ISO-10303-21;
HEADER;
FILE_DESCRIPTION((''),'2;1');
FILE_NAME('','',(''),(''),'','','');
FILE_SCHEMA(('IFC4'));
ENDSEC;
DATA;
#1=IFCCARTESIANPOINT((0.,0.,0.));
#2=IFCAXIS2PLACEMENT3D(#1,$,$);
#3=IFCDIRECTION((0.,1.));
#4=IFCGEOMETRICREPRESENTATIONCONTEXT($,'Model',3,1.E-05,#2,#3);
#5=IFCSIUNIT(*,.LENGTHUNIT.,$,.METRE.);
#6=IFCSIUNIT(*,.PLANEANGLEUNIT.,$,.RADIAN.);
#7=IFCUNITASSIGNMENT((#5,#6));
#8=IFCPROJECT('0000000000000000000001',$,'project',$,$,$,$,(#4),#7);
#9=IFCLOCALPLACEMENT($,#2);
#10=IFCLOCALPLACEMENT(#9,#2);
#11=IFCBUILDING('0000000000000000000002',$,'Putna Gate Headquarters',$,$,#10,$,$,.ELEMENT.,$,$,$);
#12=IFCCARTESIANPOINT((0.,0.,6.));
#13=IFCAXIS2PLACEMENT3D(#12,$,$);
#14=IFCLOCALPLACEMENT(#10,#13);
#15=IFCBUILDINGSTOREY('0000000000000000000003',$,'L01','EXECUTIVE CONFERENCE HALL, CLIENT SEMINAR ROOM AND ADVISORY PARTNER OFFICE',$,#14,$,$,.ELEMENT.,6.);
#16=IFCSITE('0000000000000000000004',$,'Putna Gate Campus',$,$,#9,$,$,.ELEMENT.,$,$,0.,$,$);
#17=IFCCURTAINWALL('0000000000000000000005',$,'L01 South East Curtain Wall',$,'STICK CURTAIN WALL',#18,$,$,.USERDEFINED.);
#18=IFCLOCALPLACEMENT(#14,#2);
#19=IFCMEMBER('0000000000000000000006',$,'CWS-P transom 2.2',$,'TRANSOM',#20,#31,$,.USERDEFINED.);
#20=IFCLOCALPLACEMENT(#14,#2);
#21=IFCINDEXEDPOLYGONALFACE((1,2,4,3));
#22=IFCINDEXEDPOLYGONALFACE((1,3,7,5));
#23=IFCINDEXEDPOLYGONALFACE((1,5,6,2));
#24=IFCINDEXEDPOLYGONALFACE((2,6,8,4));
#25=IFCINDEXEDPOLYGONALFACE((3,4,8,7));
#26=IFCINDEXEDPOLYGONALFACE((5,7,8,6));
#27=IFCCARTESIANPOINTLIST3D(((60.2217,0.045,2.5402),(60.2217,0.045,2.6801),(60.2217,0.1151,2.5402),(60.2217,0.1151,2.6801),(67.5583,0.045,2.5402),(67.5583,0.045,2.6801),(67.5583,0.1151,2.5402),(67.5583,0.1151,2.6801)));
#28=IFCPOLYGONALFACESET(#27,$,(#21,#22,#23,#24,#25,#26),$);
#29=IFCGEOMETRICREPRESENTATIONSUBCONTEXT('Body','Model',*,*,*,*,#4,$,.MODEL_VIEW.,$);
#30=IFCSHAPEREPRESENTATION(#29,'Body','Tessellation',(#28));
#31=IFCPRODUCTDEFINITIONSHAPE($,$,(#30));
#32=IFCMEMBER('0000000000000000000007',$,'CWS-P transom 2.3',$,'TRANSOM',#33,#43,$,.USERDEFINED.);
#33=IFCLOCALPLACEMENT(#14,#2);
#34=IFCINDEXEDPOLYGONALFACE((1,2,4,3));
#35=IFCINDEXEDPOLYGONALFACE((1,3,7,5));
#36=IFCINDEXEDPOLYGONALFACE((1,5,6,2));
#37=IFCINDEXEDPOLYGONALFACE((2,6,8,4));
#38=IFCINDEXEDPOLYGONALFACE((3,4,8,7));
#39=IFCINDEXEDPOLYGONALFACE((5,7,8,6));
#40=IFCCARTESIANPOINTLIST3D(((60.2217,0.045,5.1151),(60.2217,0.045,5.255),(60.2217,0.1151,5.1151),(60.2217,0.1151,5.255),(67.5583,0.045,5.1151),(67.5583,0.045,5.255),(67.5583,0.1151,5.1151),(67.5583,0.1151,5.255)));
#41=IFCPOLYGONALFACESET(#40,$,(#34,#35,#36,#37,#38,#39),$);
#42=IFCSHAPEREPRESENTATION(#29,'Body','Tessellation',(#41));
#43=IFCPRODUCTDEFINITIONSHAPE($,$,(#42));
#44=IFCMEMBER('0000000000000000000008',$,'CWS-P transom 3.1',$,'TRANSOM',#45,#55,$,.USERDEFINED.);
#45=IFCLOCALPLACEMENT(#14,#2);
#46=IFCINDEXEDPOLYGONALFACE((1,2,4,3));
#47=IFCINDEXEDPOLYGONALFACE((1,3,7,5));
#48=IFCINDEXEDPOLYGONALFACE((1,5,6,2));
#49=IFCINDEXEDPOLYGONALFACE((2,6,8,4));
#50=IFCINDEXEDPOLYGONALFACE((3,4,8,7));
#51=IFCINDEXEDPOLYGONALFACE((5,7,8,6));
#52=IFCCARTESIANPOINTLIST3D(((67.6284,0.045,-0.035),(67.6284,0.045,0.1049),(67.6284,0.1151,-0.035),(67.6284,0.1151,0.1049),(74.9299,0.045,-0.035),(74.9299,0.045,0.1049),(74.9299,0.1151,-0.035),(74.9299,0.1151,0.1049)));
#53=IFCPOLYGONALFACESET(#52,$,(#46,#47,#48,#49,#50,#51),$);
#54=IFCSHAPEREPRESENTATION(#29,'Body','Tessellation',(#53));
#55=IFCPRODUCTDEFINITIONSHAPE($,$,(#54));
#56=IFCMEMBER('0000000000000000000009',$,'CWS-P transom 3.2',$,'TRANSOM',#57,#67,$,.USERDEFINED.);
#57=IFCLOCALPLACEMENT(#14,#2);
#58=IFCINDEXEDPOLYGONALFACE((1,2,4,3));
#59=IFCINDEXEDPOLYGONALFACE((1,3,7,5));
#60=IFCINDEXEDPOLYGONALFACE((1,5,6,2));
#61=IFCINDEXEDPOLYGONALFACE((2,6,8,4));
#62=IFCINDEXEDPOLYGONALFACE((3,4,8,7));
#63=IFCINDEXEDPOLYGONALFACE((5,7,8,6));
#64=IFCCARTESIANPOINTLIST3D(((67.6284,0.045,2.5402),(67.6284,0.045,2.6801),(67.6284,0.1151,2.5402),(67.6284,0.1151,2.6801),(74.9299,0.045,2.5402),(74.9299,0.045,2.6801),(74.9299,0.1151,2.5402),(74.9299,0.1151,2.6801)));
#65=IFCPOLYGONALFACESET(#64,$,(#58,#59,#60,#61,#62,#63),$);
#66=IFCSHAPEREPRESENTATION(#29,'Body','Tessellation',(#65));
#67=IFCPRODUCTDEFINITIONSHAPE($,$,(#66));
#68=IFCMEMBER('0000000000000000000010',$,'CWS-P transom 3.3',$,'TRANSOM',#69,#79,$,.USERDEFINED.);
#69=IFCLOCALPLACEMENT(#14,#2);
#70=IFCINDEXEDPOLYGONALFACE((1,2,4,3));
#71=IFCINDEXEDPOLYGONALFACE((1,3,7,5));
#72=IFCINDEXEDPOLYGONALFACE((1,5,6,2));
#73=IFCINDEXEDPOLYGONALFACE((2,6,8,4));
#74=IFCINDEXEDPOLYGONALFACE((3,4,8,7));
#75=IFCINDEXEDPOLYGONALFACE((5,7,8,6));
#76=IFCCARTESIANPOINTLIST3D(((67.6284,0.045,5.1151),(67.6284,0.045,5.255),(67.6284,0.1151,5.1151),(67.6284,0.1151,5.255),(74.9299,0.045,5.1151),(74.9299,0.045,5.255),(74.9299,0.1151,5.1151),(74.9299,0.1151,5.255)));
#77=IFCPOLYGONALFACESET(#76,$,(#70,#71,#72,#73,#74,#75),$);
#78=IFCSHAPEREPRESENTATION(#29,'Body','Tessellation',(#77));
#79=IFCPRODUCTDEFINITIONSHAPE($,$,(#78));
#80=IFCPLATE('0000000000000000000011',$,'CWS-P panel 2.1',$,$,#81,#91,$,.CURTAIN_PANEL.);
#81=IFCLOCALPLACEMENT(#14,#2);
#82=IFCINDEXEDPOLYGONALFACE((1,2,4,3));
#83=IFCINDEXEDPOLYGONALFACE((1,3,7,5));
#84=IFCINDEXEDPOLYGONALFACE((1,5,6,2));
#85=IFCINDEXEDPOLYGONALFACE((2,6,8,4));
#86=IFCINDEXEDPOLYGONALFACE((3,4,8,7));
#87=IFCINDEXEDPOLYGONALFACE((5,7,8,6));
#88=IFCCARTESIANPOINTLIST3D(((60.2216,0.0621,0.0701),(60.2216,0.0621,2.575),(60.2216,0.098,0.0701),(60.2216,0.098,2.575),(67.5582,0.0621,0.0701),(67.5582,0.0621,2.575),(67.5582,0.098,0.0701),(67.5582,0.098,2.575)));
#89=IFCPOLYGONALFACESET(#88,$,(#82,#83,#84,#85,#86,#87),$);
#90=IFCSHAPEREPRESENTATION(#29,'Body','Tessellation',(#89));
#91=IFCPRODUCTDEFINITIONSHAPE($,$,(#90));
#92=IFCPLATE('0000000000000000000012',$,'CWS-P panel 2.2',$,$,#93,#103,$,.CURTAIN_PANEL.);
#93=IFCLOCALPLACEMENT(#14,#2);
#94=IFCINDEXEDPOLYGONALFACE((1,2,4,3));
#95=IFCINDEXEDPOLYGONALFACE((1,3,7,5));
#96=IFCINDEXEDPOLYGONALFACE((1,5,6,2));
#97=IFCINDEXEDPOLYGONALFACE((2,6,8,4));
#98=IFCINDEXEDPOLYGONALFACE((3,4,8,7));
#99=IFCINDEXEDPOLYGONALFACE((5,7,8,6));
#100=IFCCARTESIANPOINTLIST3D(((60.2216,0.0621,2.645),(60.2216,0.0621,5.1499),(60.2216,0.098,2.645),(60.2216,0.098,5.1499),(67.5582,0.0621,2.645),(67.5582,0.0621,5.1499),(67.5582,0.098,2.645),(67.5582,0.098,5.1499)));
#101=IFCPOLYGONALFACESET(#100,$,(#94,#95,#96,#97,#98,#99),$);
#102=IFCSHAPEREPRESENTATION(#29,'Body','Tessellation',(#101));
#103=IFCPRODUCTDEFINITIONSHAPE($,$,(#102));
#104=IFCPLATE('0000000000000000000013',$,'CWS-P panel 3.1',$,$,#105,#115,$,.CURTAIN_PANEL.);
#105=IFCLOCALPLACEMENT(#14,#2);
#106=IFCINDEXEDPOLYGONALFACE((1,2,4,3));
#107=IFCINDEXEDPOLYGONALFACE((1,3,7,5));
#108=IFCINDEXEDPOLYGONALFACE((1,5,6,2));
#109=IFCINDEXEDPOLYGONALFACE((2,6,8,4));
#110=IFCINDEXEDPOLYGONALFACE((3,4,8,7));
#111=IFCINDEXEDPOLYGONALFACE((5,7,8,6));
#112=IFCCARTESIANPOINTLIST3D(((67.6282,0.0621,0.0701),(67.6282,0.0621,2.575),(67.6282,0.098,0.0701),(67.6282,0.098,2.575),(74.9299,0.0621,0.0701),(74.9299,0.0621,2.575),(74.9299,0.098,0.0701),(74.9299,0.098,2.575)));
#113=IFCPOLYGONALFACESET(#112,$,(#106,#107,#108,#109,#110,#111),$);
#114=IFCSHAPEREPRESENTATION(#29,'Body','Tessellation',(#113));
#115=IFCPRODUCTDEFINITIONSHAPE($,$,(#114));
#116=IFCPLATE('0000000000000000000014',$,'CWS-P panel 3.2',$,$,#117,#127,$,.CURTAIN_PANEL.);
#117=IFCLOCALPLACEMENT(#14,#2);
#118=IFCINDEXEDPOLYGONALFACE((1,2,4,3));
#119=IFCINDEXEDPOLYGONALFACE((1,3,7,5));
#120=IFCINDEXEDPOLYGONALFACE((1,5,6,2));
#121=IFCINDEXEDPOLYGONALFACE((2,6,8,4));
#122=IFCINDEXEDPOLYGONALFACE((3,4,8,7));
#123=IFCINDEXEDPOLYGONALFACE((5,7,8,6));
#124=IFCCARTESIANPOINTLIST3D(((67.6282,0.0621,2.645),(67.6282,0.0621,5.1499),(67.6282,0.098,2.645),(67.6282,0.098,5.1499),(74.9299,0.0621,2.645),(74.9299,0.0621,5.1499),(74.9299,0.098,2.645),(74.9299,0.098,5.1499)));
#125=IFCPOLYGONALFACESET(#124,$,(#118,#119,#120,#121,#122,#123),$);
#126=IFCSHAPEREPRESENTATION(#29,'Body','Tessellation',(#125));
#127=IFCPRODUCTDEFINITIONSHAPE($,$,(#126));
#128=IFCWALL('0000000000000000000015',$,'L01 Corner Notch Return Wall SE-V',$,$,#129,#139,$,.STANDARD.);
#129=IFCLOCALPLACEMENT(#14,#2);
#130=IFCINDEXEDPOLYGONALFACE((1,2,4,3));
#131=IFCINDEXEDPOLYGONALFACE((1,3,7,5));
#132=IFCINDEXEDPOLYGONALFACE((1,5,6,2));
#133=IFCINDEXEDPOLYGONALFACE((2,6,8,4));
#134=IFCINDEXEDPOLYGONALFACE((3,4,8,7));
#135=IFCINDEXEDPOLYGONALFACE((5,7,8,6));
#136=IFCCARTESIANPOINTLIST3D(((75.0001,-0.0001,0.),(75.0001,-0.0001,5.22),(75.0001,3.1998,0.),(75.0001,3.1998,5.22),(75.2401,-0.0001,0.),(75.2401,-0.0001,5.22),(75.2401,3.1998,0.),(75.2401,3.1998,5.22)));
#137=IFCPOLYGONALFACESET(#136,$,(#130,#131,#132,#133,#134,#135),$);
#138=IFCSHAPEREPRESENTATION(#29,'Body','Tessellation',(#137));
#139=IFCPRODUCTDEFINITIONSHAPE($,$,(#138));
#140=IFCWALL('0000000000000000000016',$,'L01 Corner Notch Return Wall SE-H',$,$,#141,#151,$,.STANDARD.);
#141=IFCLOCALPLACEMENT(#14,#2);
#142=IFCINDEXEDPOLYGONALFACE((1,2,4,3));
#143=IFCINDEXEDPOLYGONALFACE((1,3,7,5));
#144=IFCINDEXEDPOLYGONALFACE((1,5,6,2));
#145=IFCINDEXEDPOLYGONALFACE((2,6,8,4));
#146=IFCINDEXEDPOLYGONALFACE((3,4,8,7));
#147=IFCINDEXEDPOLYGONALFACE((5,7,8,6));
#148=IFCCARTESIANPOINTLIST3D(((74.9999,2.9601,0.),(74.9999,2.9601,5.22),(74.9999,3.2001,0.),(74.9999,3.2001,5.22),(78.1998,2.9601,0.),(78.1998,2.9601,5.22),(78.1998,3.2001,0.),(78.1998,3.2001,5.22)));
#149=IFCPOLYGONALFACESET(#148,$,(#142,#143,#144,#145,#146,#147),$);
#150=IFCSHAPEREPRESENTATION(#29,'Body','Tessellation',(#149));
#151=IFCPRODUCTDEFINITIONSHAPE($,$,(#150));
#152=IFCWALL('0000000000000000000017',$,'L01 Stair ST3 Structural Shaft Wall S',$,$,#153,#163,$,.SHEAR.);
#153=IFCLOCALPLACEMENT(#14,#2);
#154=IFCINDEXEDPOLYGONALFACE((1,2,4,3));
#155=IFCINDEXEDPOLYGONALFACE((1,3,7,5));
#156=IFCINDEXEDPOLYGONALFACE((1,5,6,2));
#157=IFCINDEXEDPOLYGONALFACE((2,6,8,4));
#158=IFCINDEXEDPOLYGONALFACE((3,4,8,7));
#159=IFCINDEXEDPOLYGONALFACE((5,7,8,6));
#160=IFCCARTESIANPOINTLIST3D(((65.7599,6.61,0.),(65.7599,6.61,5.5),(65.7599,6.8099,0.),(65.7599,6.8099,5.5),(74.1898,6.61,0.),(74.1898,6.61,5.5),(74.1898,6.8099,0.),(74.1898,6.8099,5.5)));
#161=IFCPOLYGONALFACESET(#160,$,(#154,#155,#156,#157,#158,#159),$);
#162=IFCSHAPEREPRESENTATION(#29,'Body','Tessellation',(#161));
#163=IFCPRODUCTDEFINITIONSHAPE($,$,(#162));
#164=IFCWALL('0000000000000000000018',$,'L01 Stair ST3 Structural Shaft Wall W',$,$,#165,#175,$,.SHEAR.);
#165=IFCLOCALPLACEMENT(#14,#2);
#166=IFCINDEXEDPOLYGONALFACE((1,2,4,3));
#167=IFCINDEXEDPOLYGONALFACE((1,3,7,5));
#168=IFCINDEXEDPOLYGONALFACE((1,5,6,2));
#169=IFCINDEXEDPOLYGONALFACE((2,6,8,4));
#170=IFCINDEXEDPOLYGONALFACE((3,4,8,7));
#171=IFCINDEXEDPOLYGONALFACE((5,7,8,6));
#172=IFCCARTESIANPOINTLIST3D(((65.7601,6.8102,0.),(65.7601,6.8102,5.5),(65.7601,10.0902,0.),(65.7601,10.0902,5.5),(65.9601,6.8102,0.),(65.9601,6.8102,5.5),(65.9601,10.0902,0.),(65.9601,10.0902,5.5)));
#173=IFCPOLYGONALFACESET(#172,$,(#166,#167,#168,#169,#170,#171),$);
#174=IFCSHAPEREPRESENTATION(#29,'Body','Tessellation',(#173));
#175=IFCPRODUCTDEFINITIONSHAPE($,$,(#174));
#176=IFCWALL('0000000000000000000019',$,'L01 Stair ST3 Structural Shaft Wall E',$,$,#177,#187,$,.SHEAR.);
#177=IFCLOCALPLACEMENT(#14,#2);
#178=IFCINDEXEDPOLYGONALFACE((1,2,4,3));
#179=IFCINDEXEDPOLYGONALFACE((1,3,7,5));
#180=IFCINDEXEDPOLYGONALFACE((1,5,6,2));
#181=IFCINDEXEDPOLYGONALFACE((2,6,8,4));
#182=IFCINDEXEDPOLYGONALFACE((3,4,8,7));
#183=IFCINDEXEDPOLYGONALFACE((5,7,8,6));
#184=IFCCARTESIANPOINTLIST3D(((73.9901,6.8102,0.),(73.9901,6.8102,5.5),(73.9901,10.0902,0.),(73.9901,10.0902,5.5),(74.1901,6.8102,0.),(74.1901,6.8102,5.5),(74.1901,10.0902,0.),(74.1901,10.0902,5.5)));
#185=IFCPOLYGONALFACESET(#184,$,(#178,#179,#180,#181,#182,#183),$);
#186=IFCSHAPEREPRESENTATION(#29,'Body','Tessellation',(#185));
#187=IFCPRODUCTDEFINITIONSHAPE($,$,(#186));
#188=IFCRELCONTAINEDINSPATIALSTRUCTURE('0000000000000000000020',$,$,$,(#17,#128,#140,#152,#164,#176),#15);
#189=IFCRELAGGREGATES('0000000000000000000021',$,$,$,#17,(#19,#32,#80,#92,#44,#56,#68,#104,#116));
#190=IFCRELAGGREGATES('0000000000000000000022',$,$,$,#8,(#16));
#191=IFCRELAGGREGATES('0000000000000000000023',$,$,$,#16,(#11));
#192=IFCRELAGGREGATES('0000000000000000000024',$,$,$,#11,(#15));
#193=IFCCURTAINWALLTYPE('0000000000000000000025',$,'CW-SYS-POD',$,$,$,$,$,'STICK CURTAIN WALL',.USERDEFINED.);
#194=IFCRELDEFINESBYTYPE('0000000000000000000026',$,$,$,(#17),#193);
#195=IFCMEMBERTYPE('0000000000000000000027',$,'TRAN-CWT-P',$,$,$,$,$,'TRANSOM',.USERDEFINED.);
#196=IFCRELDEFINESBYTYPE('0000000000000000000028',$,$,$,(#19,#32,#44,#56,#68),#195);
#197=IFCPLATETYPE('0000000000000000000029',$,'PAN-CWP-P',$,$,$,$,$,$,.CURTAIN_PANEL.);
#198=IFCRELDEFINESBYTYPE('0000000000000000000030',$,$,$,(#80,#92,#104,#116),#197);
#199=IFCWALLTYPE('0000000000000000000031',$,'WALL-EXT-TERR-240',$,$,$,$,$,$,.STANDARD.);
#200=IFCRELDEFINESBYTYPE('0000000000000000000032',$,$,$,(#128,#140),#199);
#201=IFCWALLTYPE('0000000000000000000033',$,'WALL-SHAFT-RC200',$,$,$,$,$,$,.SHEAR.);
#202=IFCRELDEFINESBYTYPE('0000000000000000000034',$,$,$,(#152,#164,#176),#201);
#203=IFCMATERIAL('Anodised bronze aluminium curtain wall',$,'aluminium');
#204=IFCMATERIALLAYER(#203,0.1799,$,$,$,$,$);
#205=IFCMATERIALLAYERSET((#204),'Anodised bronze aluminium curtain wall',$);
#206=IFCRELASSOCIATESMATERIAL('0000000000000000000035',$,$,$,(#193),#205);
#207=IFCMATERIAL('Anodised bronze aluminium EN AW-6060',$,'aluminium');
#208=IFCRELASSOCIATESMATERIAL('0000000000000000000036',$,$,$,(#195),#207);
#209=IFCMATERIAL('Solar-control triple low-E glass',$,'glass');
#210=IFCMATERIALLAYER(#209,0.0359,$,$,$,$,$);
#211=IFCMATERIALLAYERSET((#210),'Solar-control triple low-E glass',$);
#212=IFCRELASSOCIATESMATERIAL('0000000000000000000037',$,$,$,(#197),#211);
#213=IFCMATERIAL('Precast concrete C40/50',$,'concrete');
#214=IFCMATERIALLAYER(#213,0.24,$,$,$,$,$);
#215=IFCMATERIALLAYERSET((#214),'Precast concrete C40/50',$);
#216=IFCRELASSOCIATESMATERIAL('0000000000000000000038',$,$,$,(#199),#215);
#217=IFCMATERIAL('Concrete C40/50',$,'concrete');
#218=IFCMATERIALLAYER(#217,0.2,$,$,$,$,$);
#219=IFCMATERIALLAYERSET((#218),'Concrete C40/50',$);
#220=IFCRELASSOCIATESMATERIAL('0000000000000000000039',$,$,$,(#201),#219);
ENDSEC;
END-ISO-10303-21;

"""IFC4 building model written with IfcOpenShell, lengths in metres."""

from ifc_helpers import new_model, si_unit, direction, frame, frame_2d, origin, origin_2d, place, context, subcontext, project, spatial, rectangle, extrude, material, layer, layer_set, material_profile, profile_set, type_object, element, aggregate, save


model = new_model("IFC4")

# Units and contexts
model_context = context("Model", 3, precision=1e-05, world=origin(), true_north=direction((0.0, 1.0)))
body_context = subcontext(model_context, "Body", "Model", "MODEL_VIEW")
ifc_project = project(units=[si_unit("LENGTHUNIT", "METRE"), si_unit("PLANEANGLEUNIT", "RADIAN")], contexts=[model_context])

# Site, building, storey
site_placement = place(None, origin())
site = spatial("IfcSite", under=ifc_project, at=site_placement, Name="Putna Gate Campus", CompositionType="ELEMENT", RefElevation=0.0)
building_placement = place(site_placement, origin())
building = spatial("IfcBuilding", under=site, at=building_placement, Name="Putna Gate Headquarters", CompositionType="ELEMENT")
storey_placement = place(building_placement, frame((0.0, 0.0, 6.0)))
storey = spatial("IfcBuildingStorey", under=building, at=storey_placement, Name="L01", Description="EXECUTIVE CONFERENCE HALL, CLIENT SEMINAR ROOM AND ADVISORY PARTNER OFFICE", CompositionType="ELEMENT", Elevation=6.0)

# Curtain wall, members, plates
ifc_material_1 = material(Name="Anodised bronze aluminium curtain wall", Category="aluminium")
ifc_layer_1 = layer(ifc_material_1, 0.1799)
ifc_layer_set_1 = layer_set([ifc_layer_1], Name="Anodised bronze aluminium curtain wall")
curtain_wall_type = type_object("IfcCurtainWallType", Name="CW-SYS-POD", ElementType="STICK CURTAIN WALL", PredefinedType="USERDEFINED", material=ifc_layer_set_1)
curtain_wall_placement = place(storey_placement, origin())
curtain_wall = element("IfcCurtainWall", 1, at=curtain_wall_placement, inside=storey, type_object=curtain_wall_type, Name="L01 South East Curtain Wall", ObjectType="STICK CURTAIN WALL", PredefinedType="USERDEFINED")
ifc_material_2 = material(Name="Anodised bronze aluminium EN AW-6060", Category="aluminium")
ifc_material_profile_1 = material_profile(ifc_material_2, rectangle(XDim=0.0701, YDim=0.1399, at=origin_2d()), Name="Anodised bronze aluminium EN AW-6060")
ifc_profile_set_1 = profile_set([ifc_material_profile_1], Name="Anodised bronze aluminium EN AW-6060")
member_type_1 = type_object("IfcMemberType", Name="TRAN-CWT-P", ElementType="TRANSOM", PredefinedType="USERDEFINED", material=ifc_profile_set_1)
member_1_placement = place(storey_placement, frame((60.2217, 0.0801, 2.6101), z_axis=(1.0, 0.0, 0.0), x_axis=(0.0, 1.0, 0.0)))
member_1 = element("IfcMember", 2, at=member_1_placement, type_object=member_type_1, Name="CWS-P transom 2.2", ObjectType="TRANSOM", PredefinedType="USERDEFINED", context=body_context, shape_type="SweptSolid", body=[
    extrude(rectangle(XDim=0.0701, YDim=0.1399, at=origin_2d()), origin(), (0.0, 0.0, 1.0), 7.3367),
])
member_2_placement = place(storey_placement, frame((60.2217, 0.0801, 5.1851), z_axis=(1.0, 0.0, 0.0), x_axis=(0.0, 1.0, 0.0)))
member_2 = element("IfcMember", 3, at=member_2_placement, type_object=member_type_1, Name="CWS-P transom 2.3", ObjectType="TRANSOM", PredefinedType="USERDEFINED", context=body_context, shape_type="SweptSolid", body=[
    extrude(rectangle(XDim=0.0701, YDim=0.1399, at=origin_2d()), origin(), (0.0, 0.0, 1.0), 7.3367),
])
member_3_placement = place(storey_placement, frame((67.6284, 0.0801, 0.0349), z_axis=(1.0, 0.0, 0.0), x_axis=(0.0, 1.0, 0.0)))
member_3 = element("IfcMember", 4, at=member_3_placement, type_object=member_type_1, Name="CWS-P transom 3.1", ObjectType="TRANSOM", PredefinedType="USERDEFINED", context=body_context, shape_type="SweptSolid", body=[
    extrude(rectangle(XDim=0.0701, YDim=0.1399, at=origin_2d()), origin(), (0.0, 0.0, 1.0), 7.3015),
])
member_4_placement = place(storey_placement, frame((67.6284, 0.0801, 2.6101), z_axis=(1.0, 0.0, 0.0), x_axis=(0.0, 1.0, 0.0)))
member_4 = element("IfcMember", 5, at=member_4_placement, type_object=member_type_1, Name="CWS-P transom 3.2", ObjectType="TRANSOM", PredefinedType="USERDEFINED", context=body_context, shape_type="SweptSolid", body=[
    extrude(rectangle(XDim=0.0701, YDim=0.1399, at=origin_2d()), origin(), (0.0, 0.0, 1.0), 7.3015),
])
member_5_placement = place(storey_placement, frame((67.6284, 0.0801, 5.1851), z_axis=(1.0, 0.0, 0.0), x_axis=(0.0, 1.0, 0.0)))
member_5 = element("IfcMember", 6, at=member_5_placement, type_object=member_type_1, Name="CWS-P transom 3.3", ObjectType="TRANSOM", PredefinedType="USERDEFINED", context=body_context, shape_type="SweptSolid", body=[
    extrude(rectangle(XDim=0.0701, YDim=0.1399, at=origin_2d()), origin(), (0.0, 0.0, 1.0), 7.3015),
])
ifc_material_3 = material(Name="Solar-control triple low-E glass", Category="glass")
ifc_layer_2 = layer(ifc_material_3, 0.0359)
ifc_layer_set_2 = layer_set([ifc_layer_2], Name="Solar-control triple low-E glass")
plate_type = type_object("IfcPlateType", Name="PAN-CWP-P", PredefinedType="CURTAIN_PANEL", material=ifc_layer_set_2)
plate_1_placement = place(storey_placement, frame((63.8899, 0.0801, 0.0701), z_axis=(0.0, 0.0, 1.0), x_axis=(1.0, 0.0, 0.0)))
plate_1 = element("IfcPlate", 7, at=plate_1_placement, type_object=plate_type, Name="CWS-P panel 2.1", PredefinedType="CURTAIN_PANEL", context=body_context, shape_type="SweptSolid", body=[
    extrude(rectangle(XDim=7.3367, YDim=0.0359, at=origin_2d()), origin(), (0.0, 0.0, 1.0), 2.5049),
])
plate_2_placement = place(storey_placement, frame((63.8899, 0.0801, 2.645), z_axis=(0.0, 0.0, 1.0), x_axis=(1.0, 0.0, 0.0)))
plate_2 = element("IfcPlate", 8, at=plate_2_placement, type_object=plate_type, Name="CWS-P panel 2.2", PredefinedType="CURTAIN_PANEL", context=body_context, shape_type="SweptSolid", body=[
    extrude(rectangle(XDim=7.3367, YDim=0.0359, at=origin_2d()), origin(), (0.0, 0.0, 1.0), 2.5049),
])
plate_3_placement = place(storey_placement, frame((71.2791, 0.0801, 0.0701), z_axis=(0.0, 0.0, 1.0), x_axis=(1.0, 0.0, 0.0)))
plate_3 = element("IfcPlate", 9, at=plate_3_placement, type_object=plate_type, Name="CWS-P panel 3.1", PredefinedType="CURTAIN_PANEL", context=body_context, shape_type="SweptSolid", body=[
    extrude(rectangle(XDim=7.3018, YDim=0.0359, at=origin_2d()), origin(), (0.0, 0.0, 1.0), 2.5049),
])
plate_4_placement = place(storey_placement, frame((71.2791, 0.0801, 2.645), z_axis=(0.0, 0.0, 1.0), x_axis=(1.0, 0.0, 0.0)))
plate_4 = element("IfcPlate", 10, at=plate_4_placement, type_object=plate_type, Name="CWS-P panel 3.2", PredefinedType="CURTAIN_PANEL", context=body_context, shape_type="SweptSolid", body=[
    extrude(rectangle(XDim=7.3018, YDim=0.0359, at=origin_2d()), origin(), (0.0, 0.0, 1.0), 2.5049),
])
aggregate(curtain_wall, [member_1, member_2, plate_1, plate_2, member_3, member_4, member_5, plate_3, plate_4])

# Walls
ifc_material_4 = material(Name="Precast concrete C40/50", Category="concrete")
ifc_layer_3 = layer(ifc_material_4, 0.24)
ifc_layer_set_3 = layer_set([ifc_layer_3], Name="Precast concrete C40/50")
wall_type_1 = type_object("IfcWallType", Name="WALL-EXT-TERR-240", PredefinedType="STANDARD", material=ifc_layer_set_3)
for number, where, z_axis, x_axis, name in (
    (11, (75.1201, 3.2, 0.0), (0.0, 0.0, 1.0), (0.0, -1.0, 0.0), "L01 Corner Notch Return Wall SE-V"),
    (12, (78.2, 3.0801, 0.0), (0.0, 0.0, 1.0), (-1.0, 0.0, 0.0), "L01 Corner Notch Return Wall SE-H"),
):
    element("IfcWall", number, at=place(storey_placement, frame(where, z_axis=z_axis, x_axis=x_axis)), inside=storey, type_object=wall_type_1, Name=name, PredefinedType="STANDARD", context=body_context, shape_type="SweptSolid", body=[
        extrude(rectangle(XDim=3.2, YDim=0.24, at=frame_2d((1.6001, 0.0))), origin(), (0.0, 0.0, 1.0), 5.22),
    ])
ifc_material_5 = material(Name="Concrete C40/50", Category="concrete")
ifc_layer_4 = layer(ifc_material_5, 0.2)
ifc_layer_set_4 = layer_set([ifc_layer_4], Name="Concrete C40/50")
wall_type_2 = type_object("IfcWallType", Name="WALL-SHAFT-RC200", PredefinedType="SHEAR", material=ifc_layer_set_4)
wall_placement = place(storey_placement, frame((65.76, 6.71, 0.0), z_axis=(0.0, 0.0, 1.0), x_axis=(1.0, 0.0, 0.0)))
element("IfcWall", 13, at=wall_placement, inside=storey, type_object=wall_type_2, Name="L01 Stair ST3 Structural Shaft Wall S", PredefinedType="SHEAR", context=body_context, shape_type="SweptSolid", body=[
    extrude(rectangle(XDim=8.4299, YDim=0.2, at=frame_2d((4.2148, 0.0))), origin(), (0.0, 0.0, 1.0), 5.5),
])
for number, where, z_axis, x_axis, name in (
    (14, (65.8601, 6.8101, 0.0), (0.0, 0.0, 1.0), (0.0, 1.0, 0.0), "L01 Stair ST3 Structural Shaft Wall W"),
    (15, (74.0901, 6.8101, 0.0), (0.0, 0.0, 1.0), (0.0, 1.0, 0.0), "L01 Stair ST3 Structural Shaft Wall E"),
):
    element("IfcWall", number, at=place(storey_placement, frame(where, z_axis=z_axis, x_axis=x_axis)), inside=storey, type_object=wall_type_2, Name=name, PredefinedType="SHEAR", context=body_context, shape_type="SweptSolid", body=[
        extrude(rectangle(XDim=3.28, YDim=0.2, at=frame_2d((1.6401, 0.0))), origin(), (0.0, 0.0, 1.0), 5.5),
    ])

save(model, "model.ifc")
